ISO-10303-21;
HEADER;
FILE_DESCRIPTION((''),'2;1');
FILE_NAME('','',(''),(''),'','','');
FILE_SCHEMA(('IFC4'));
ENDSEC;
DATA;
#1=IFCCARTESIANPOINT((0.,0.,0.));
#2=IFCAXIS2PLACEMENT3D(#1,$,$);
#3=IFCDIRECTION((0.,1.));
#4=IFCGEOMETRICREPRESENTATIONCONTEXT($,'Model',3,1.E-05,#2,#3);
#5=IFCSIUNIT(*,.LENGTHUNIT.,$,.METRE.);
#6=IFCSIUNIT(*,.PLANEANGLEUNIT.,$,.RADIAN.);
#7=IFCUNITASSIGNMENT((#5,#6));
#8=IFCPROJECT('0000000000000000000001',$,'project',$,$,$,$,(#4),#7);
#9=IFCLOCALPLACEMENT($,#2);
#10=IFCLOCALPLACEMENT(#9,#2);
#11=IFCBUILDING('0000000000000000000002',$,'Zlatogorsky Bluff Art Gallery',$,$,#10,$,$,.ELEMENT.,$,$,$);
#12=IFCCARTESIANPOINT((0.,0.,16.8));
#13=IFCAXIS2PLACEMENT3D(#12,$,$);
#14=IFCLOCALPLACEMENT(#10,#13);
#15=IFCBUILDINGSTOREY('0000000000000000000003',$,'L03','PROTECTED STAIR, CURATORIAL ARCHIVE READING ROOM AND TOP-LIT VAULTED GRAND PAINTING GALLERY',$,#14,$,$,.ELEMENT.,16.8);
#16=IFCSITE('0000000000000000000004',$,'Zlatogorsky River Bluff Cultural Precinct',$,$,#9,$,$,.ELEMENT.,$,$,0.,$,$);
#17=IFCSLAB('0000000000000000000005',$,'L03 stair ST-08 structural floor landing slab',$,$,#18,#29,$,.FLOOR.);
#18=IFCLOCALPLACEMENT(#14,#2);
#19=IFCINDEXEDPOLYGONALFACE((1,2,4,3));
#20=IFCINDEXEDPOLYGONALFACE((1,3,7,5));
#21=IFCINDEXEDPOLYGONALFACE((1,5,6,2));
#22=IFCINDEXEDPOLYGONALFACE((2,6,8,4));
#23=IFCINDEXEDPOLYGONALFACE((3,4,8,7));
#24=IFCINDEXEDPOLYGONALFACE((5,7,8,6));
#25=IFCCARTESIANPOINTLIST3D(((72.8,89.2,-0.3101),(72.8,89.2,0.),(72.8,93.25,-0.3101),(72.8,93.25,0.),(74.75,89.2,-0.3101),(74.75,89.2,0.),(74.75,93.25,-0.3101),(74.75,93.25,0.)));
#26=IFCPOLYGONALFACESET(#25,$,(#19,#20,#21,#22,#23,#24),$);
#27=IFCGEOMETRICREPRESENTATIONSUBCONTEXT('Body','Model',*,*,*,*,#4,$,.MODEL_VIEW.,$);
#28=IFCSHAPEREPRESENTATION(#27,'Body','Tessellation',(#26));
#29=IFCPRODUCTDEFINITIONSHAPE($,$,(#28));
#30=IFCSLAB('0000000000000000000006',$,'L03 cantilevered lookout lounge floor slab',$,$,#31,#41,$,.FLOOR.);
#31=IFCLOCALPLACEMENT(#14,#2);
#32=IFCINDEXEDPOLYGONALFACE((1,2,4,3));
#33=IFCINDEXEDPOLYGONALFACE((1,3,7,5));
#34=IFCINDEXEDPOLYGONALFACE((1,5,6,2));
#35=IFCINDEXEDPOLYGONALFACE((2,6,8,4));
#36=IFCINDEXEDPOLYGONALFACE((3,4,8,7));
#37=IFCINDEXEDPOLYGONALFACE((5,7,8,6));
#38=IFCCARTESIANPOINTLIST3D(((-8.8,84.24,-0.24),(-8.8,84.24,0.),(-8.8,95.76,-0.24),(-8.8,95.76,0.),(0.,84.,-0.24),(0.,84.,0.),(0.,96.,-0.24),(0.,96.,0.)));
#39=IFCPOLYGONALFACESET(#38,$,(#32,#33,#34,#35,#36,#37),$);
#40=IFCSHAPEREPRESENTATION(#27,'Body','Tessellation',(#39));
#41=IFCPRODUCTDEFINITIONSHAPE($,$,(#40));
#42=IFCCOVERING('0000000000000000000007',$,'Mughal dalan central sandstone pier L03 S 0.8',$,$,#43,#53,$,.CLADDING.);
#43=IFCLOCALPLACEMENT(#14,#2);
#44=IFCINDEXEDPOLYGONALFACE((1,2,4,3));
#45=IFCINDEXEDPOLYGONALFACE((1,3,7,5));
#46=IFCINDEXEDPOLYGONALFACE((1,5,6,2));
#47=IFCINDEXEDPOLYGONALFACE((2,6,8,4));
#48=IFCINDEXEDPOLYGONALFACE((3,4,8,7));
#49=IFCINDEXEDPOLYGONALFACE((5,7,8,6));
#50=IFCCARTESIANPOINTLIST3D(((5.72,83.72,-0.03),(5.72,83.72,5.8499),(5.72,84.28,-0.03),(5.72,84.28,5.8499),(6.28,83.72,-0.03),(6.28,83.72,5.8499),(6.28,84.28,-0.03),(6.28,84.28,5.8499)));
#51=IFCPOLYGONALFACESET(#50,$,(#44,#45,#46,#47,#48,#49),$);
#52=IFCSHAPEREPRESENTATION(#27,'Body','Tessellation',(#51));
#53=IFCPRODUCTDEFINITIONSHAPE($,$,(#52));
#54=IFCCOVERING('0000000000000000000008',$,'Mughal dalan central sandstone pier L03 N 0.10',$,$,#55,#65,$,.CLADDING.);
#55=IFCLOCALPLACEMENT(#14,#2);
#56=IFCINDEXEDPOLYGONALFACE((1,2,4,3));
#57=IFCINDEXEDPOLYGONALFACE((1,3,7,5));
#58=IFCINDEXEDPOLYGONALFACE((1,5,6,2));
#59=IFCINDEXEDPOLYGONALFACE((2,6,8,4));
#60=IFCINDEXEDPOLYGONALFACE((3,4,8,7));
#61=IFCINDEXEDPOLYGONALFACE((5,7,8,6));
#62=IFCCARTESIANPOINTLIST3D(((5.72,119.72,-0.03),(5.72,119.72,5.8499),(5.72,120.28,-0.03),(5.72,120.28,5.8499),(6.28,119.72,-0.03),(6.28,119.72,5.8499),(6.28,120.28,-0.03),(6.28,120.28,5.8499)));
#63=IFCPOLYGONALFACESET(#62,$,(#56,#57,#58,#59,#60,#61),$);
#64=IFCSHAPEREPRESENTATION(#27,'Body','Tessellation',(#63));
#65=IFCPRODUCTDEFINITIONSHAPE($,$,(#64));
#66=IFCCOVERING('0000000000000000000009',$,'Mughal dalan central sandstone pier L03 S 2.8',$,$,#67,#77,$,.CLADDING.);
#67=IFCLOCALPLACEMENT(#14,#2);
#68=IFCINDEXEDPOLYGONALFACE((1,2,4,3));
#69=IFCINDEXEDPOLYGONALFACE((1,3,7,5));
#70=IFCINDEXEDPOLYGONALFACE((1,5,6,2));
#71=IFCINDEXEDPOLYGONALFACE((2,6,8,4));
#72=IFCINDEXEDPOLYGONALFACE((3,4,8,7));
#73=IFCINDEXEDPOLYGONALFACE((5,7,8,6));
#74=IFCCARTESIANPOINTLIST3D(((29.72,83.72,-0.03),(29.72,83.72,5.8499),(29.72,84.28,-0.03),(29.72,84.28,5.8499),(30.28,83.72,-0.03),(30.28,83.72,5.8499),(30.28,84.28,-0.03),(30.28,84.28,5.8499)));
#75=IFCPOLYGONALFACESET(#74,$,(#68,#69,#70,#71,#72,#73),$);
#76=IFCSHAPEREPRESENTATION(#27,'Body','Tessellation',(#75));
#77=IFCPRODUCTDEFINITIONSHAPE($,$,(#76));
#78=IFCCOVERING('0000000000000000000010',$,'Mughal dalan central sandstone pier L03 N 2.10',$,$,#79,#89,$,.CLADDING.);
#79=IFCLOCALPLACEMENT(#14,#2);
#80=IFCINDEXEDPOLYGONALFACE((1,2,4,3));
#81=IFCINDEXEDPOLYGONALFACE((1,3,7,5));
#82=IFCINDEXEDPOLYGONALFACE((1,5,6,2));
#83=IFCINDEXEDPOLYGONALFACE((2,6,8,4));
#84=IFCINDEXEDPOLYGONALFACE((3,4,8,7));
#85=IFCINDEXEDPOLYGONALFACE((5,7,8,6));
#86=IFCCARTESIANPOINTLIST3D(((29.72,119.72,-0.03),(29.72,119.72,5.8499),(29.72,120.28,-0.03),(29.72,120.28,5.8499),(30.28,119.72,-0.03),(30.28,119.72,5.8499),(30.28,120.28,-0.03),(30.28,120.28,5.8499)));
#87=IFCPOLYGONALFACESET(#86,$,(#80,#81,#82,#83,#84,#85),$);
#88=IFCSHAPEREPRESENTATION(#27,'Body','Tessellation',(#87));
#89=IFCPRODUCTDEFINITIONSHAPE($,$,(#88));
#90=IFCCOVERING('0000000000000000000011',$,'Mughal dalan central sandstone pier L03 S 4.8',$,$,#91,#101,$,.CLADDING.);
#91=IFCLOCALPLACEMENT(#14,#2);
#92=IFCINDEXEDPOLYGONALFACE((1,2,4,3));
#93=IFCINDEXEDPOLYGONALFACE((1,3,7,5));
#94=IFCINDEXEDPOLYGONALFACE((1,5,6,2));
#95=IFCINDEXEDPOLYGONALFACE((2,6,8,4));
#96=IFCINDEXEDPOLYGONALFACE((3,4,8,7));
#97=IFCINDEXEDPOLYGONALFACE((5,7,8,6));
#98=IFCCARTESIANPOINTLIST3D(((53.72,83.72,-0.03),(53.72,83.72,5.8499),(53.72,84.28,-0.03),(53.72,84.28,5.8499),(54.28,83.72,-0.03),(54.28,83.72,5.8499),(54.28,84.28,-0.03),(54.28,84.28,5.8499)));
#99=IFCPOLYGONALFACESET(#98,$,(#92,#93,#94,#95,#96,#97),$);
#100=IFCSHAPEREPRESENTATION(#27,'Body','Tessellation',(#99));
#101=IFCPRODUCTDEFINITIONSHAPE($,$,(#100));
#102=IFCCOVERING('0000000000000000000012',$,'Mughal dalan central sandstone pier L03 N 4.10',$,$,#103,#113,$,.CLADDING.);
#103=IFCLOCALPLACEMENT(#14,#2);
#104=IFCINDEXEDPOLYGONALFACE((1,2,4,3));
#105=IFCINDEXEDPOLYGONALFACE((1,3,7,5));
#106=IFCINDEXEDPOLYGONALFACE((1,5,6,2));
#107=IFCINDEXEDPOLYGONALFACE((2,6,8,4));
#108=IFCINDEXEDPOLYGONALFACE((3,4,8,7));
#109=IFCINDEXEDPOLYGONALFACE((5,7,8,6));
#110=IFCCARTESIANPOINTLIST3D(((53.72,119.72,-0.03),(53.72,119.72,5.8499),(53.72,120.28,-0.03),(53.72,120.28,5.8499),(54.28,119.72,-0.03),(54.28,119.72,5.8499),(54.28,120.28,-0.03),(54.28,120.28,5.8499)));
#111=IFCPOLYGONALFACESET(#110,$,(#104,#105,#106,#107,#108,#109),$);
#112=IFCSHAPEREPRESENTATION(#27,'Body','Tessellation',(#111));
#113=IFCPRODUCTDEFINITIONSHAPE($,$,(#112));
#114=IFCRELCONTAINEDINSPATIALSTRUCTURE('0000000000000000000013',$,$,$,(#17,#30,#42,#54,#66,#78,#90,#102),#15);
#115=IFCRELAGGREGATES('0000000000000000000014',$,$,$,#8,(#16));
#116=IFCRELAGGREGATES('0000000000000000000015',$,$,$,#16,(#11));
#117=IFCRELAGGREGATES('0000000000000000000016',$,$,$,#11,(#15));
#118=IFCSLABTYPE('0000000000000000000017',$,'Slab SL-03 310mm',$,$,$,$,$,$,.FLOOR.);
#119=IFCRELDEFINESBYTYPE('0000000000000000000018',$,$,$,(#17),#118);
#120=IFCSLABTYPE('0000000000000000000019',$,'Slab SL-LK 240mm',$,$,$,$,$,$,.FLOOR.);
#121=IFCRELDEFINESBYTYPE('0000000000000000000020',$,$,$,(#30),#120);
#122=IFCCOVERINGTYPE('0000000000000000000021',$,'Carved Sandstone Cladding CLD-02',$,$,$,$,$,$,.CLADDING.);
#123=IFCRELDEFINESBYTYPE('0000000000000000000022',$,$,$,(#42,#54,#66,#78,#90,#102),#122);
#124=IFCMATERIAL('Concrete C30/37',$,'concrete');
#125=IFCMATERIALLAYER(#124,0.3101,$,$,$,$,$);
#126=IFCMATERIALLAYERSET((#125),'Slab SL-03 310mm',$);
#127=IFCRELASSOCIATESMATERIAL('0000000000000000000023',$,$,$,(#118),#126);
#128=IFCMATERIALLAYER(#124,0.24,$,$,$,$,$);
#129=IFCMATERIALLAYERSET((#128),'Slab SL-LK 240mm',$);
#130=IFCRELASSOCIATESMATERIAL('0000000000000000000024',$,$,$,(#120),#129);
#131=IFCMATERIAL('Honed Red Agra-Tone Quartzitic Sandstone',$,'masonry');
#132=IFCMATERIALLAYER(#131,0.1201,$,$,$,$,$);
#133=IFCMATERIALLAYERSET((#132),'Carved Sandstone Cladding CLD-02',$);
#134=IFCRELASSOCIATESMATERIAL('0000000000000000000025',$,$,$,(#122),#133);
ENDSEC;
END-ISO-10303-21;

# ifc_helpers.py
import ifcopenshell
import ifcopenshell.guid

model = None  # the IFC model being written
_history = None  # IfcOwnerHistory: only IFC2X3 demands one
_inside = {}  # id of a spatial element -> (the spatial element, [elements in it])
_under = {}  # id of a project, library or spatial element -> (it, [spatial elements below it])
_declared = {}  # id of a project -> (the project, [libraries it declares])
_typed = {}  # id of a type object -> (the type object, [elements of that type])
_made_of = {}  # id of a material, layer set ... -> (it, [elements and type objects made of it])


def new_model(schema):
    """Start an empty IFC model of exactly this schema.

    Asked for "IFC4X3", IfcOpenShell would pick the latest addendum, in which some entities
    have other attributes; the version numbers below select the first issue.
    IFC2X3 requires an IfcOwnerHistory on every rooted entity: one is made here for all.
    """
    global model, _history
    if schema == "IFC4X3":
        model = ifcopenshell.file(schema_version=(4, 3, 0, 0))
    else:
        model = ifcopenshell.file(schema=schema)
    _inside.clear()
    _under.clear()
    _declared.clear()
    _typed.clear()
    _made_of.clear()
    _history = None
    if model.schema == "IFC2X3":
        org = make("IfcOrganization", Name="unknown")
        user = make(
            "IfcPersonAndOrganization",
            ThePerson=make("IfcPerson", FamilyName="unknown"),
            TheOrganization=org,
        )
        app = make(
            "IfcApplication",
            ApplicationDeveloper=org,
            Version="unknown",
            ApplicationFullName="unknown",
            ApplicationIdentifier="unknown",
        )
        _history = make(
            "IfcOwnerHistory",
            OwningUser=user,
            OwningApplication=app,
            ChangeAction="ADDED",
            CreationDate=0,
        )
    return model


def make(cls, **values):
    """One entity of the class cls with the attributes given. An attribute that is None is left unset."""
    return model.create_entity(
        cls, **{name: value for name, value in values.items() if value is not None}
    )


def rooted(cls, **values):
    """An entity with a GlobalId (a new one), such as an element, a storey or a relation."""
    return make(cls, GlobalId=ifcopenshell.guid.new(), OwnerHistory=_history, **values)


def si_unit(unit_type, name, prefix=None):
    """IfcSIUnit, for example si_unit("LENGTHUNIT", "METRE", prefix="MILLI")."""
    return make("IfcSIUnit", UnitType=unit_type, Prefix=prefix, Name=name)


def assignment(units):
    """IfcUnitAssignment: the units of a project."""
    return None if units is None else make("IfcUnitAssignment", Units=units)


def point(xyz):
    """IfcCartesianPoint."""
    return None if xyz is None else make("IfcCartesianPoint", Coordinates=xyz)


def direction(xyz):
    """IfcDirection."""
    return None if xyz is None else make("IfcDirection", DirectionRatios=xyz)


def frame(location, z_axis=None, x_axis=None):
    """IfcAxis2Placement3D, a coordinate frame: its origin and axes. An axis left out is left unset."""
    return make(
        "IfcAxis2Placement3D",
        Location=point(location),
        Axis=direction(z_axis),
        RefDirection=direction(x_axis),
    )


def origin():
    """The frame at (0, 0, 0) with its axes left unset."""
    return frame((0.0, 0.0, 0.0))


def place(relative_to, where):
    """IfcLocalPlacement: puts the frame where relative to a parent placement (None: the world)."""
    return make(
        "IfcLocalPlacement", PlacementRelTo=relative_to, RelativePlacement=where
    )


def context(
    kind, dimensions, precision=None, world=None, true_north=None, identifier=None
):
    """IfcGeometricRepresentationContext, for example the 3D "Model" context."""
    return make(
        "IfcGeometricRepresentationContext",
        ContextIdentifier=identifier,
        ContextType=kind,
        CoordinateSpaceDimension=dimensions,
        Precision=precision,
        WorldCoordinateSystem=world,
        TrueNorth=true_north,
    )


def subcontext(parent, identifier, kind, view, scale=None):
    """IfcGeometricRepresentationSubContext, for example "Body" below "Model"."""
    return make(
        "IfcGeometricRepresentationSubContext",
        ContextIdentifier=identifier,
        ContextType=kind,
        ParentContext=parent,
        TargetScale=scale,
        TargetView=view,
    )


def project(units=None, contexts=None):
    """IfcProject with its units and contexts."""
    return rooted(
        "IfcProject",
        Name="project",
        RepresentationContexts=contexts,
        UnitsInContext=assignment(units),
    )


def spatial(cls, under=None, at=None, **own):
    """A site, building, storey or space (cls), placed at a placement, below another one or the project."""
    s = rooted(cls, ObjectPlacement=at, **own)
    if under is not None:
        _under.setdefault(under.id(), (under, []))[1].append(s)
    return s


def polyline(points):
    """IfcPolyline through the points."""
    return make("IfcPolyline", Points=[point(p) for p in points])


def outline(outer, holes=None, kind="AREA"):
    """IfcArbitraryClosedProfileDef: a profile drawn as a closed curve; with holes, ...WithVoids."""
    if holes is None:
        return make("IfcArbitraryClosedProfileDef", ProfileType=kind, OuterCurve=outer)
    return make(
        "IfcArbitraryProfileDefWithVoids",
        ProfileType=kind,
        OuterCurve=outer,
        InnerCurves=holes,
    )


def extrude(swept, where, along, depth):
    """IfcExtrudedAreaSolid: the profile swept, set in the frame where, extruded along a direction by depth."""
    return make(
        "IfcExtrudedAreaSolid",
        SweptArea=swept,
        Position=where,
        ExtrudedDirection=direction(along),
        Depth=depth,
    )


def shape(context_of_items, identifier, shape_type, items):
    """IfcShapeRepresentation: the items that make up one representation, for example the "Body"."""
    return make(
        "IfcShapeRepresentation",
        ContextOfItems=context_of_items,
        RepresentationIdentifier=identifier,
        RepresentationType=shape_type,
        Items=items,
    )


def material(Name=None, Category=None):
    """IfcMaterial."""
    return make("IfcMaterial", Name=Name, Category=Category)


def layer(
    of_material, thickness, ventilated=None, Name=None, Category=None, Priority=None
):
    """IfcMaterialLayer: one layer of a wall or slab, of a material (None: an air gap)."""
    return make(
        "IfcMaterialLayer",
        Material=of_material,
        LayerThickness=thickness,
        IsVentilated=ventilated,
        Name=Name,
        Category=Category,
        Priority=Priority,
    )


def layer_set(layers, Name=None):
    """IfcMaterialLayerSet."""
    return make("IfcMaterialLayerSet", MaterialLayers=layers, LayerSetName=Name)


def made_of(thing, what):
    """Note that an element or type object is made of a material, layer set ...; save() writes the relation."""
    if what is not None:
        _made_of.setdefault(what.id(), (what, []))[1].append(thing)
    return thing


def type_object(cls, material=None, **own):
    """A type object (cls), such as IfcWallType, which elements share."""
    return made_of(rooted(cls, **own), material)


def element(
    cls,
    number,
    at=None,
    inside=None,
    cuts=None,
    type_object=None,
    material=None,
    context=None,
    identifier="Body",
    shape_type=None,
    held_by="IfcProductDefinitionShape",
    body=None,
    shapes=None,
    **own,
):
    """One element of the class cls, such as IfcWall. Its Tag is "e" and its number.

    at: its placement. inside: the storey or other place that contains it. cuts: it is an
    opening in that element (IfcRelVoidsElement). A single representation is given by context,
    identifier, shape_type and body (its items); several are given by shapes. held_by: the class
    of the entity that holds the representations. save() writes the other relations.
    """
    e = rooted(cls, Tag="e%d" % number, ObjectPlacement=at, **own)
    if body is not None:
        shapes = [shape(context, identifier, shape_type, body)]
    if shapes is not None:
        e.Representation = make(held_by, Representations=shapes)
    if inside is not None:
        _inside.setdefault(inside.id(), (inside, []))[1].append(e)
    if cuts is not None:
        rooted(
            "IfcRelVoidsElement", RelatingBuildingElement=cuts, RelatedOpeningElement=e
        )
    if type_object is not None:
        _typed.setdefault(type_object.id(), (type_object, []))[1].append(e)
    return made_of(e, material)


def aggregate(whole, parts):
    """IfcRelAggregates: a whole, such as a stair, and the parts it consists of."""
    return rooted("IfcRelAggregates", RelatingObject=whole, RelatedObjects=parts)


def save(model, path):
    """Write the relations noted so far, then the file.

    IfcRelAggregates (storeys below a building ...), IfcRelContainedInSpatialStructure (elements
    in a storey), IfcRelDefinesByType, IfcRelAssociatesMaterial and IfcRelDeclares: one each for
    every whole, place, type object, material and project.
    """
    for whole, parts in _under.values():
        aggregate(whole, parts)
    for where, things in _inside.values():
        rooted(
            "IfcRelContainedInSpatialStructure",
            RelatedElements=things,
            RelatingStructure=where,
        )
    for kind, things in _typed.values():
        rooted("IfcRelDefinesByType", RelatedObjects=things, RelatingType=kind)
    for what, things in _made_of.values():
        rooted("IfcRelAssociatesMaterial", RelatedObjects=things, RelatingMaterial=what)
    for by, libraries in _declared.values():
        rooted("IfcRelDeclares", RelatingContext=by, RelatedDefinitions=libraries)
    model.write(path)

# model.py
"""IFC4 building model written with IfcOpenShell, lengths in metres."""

from ifc_helpers import new_model, si_unit, direction, frame, origin, place, context, subcontext, project, spatial, polyline, outline, extrude, material, layer, layer_set, type_object, element, save


model = new_model("IFC4")

# Units and contexts
model_context = context("Model", 3, precision=1e-05, world=origin(), true_north=direction((0.0, 1.0)))
body_context = subcontext(model_context, "Body", "Model", "MODEL_VIEW")
ifc_project = project(units=[si_unit("LENGTHUNIT", "METRE"), si_unit("PLANEANGLEUNIT", "RADIAN")], contexts=[model_context])

# Site, building, storey
site_placement = place(None, origin())
site = spatial("IfcSite", under=ifc_project, at=site_placement, Name="Zlatogorsky River Bluff Cultural Precinct", CompositionType="ELEMENT", RefElevation=0.0)
building_placement = place(site_placement, origin())
building = spatial("IfcBuilding", under=site, at=building_placement, Name="Zlatogorsky Bluff Art Gallery", CompositionType="ELEMENT")
storey_placement = place(building_placement, frame((0.0, 0.0, 16.8)))
storey = spatial("IfcBuildingStorey", under=building, at=storey_placement, Name="L03", Description="PROTECTED STAIR, CURATORIAL ARCHIVE READING ROOM AND TOP-LIT VAULTED GRAND PAINTING GALLERY", CompositionType="ELEMENT", Elevation=16.8)

# Slabs
ifc_material_1 = material(Name="Concrete C30/37", Category="concrete")
ifc_layer_1 = layer(ifc_material_1, 0.3101)
ifc_layer_set_1 = layer_set([ifc_layer_1], Name="Slab SL-03 310mm")
slab_type_1 = type_object("IfcSlabType", Name="Slab SL-03 310mm", PredefinedType="FLOOR", material=ifc_layer_set_1)
slab_1_placement = place(storey_placement, frame((0.0, 0.0, -0.3101)))
element("IfcSlab", 1, at=slab_1_placement, inside=storey, type_object=slab_type_1, Name="L03 stair ST-08 structural floor landing slab", PredefinedType="FLOOR", context=body_context, shape_type="SweptSolid", body=[
    extrude(outline(polyline([(72.8, 89.2), (74.75, 89.2), (74.75, 93.25), (72.8, 93.25), (72.8, 89.2)])), origin(), (0.0, 0.0, 1.0), 0.3101),
])
ifc_layer_2 = layer(ifc_material_1, 0.24)
ifc_layer_set_2 = layer_set([ifc_layer_2], Name="Slab SL-LK 240mm")
slab_type_2 = type_object("IfcSlabType", Name="Slab SL-LK 240mm", PredefinedType="FLOOR", material=ifc_layer_set_2)
slab_2_placement = place(storey_placement, frame((0.0, 0.0, -0.24)))
element("IfcSlab", 2, at=slab_2_placement, inside=storey, type_object=slab_type_2, Name="L03 cantilevered lookout lounge floor slab", PredefinedType="FLOOR", context=body_context, shape_type="SweptSolid", body=[
    extrude(outline(polyline([(-8.8, 84.24), (0.0, 84.0), (0.0, 96.0), (-8.8, 95.76), (-8.8, 84.24)])), origin(), (0.0, 0.0, 1.0), 0.24),
])

# Coverings
ifc_material_2 = material(Name="Honed Red Agra-Tone Quartzitic Sandstone", Category="masonry")
ifc_layer_3 = layer(ifc_material_2, 0.1201)
ifc_layer_set_3 = layer_set([ifc_layer_3], Name="Carved Sandstone Cladding CLD-02")
covering_type = type_object("IfcCoveringType", Name="Carved Sandstone Cladding CLD-02", PredefinedType="CLADDING", material=ifc_layer_set_3)
covering_1_placement = place(storey_placement, frame((0.0, 0.0, -0.03)))
element("IfcCovering", 3, at=covering_1_placement, inside=storey, type_object=covering_type, Name="Mughal dalan central sandstone pier L03 S 0.8", PredefinedType="CLADDING", context=body_context, shape_type="SweptSolid", body=[
    extrude(outline(polyline([(5.72, 83.72), (6.28, 83.72), (6.28, 84.28), (5.72, 84.28), (5.72, 83.72)])), origin(), (0.0, 0.0, 1.0), 5.8799),
])
covering_2_placement = place(storey_placement, frame((0.0, 0.0, -0.03)))
element("IfcCovering", 4, at=covering_2_placement, inside=storey, type_object=covering_type, Name="Mughal dalan central sandstone pier L03 N 0.10", PredefinedType="CLADDING", context=body_context, shape_type="SweptSolid", body=[
    extrude(outline(polyline([(5.72, 119.72), (6.28, 119.72), (6.28, 120.28), (5.72, 120.28), (5.72, 119.72)])), origin(), (0.0, 0.0, 1.0), 5.8799),
])
covering_3_placement = place(storey_placement, frame((0.0, 0.0, -0.03)))
element("IfcCovering", 5, at=covering_3_placement, inside=storey, type_object=covering_type, Name="Mughal dalan central sandstone pier L03 S 2.8", PredefinedType="CLADDING", context=body_context, shape_type="SweptSolid", body=[
    extrude(outline(polyline([(29.72, 83.72), (30.28, 83.72), (30.28, 84.28), (29.72, 84.28), (29.72, 83.72)])), origin(), (0.0, 0.0, 1.0), 5.8799),
])
covering_4_placement = place(storey_placement, frame((0.0, 0.0, -0.03)))
element("IfcCovering", 6, at=covering_4_placement, inside=storey, type_object=covering_type, Name="Mughal dalan central sandstone pier L03 N 2.10", PredefinedType="CLADDING", context=body_context, shape_type="SweptSolid", body=[
    extrude(outline(polyline([(29.72, 119.72), (30.28, 119.72), (30.28, 120.28), (29.72, 120.28), (29.72, 119.72)])), origin(), (0.0, 0.0, 1.0), 5.8799),
])
covering_5_placement = place(storey_placement, frame((0.0, 0.0, -0.03)))
element("IfcCovering", 7, at=covering_5_placement, inside=storey, type_object=covering_type, Name="Mughal dalan central sandstone pier L03 S 4.8", PredefinedType="CLADDING", context=body_context, shape_type="SweptSolid", body=[
    extrude(outline(polyline([(53.72, 83.72), (54.28, 83.72), (54.28, 84.28), (53.72, 84.28), (53.72, 83.72)])), origin(), (0.0, 0.0, 1.0), 5.8799),
])
covering_6_placement = place(storey_placement, frame((0.0, 0.0, -0.03)))
element("IfcCovering", 8, at=covering_6_placement, inside=storey, type_object=covering_type, Name="Mughal dalan central sandstone pier L03 N 4.10", PredefinedType="CLADDING", context=body_context, shape_type="SweptSolid", body=[
    extrude(outline(polyline([(53.72, 119.72), (54.28, 119.72), (54.28, 120.28), (53.72, 120.28), (53.72, 119.72)])), origin(), (0.0, 0.0, 1.0), 5.8799),
])

save(model, "model.ifc")
